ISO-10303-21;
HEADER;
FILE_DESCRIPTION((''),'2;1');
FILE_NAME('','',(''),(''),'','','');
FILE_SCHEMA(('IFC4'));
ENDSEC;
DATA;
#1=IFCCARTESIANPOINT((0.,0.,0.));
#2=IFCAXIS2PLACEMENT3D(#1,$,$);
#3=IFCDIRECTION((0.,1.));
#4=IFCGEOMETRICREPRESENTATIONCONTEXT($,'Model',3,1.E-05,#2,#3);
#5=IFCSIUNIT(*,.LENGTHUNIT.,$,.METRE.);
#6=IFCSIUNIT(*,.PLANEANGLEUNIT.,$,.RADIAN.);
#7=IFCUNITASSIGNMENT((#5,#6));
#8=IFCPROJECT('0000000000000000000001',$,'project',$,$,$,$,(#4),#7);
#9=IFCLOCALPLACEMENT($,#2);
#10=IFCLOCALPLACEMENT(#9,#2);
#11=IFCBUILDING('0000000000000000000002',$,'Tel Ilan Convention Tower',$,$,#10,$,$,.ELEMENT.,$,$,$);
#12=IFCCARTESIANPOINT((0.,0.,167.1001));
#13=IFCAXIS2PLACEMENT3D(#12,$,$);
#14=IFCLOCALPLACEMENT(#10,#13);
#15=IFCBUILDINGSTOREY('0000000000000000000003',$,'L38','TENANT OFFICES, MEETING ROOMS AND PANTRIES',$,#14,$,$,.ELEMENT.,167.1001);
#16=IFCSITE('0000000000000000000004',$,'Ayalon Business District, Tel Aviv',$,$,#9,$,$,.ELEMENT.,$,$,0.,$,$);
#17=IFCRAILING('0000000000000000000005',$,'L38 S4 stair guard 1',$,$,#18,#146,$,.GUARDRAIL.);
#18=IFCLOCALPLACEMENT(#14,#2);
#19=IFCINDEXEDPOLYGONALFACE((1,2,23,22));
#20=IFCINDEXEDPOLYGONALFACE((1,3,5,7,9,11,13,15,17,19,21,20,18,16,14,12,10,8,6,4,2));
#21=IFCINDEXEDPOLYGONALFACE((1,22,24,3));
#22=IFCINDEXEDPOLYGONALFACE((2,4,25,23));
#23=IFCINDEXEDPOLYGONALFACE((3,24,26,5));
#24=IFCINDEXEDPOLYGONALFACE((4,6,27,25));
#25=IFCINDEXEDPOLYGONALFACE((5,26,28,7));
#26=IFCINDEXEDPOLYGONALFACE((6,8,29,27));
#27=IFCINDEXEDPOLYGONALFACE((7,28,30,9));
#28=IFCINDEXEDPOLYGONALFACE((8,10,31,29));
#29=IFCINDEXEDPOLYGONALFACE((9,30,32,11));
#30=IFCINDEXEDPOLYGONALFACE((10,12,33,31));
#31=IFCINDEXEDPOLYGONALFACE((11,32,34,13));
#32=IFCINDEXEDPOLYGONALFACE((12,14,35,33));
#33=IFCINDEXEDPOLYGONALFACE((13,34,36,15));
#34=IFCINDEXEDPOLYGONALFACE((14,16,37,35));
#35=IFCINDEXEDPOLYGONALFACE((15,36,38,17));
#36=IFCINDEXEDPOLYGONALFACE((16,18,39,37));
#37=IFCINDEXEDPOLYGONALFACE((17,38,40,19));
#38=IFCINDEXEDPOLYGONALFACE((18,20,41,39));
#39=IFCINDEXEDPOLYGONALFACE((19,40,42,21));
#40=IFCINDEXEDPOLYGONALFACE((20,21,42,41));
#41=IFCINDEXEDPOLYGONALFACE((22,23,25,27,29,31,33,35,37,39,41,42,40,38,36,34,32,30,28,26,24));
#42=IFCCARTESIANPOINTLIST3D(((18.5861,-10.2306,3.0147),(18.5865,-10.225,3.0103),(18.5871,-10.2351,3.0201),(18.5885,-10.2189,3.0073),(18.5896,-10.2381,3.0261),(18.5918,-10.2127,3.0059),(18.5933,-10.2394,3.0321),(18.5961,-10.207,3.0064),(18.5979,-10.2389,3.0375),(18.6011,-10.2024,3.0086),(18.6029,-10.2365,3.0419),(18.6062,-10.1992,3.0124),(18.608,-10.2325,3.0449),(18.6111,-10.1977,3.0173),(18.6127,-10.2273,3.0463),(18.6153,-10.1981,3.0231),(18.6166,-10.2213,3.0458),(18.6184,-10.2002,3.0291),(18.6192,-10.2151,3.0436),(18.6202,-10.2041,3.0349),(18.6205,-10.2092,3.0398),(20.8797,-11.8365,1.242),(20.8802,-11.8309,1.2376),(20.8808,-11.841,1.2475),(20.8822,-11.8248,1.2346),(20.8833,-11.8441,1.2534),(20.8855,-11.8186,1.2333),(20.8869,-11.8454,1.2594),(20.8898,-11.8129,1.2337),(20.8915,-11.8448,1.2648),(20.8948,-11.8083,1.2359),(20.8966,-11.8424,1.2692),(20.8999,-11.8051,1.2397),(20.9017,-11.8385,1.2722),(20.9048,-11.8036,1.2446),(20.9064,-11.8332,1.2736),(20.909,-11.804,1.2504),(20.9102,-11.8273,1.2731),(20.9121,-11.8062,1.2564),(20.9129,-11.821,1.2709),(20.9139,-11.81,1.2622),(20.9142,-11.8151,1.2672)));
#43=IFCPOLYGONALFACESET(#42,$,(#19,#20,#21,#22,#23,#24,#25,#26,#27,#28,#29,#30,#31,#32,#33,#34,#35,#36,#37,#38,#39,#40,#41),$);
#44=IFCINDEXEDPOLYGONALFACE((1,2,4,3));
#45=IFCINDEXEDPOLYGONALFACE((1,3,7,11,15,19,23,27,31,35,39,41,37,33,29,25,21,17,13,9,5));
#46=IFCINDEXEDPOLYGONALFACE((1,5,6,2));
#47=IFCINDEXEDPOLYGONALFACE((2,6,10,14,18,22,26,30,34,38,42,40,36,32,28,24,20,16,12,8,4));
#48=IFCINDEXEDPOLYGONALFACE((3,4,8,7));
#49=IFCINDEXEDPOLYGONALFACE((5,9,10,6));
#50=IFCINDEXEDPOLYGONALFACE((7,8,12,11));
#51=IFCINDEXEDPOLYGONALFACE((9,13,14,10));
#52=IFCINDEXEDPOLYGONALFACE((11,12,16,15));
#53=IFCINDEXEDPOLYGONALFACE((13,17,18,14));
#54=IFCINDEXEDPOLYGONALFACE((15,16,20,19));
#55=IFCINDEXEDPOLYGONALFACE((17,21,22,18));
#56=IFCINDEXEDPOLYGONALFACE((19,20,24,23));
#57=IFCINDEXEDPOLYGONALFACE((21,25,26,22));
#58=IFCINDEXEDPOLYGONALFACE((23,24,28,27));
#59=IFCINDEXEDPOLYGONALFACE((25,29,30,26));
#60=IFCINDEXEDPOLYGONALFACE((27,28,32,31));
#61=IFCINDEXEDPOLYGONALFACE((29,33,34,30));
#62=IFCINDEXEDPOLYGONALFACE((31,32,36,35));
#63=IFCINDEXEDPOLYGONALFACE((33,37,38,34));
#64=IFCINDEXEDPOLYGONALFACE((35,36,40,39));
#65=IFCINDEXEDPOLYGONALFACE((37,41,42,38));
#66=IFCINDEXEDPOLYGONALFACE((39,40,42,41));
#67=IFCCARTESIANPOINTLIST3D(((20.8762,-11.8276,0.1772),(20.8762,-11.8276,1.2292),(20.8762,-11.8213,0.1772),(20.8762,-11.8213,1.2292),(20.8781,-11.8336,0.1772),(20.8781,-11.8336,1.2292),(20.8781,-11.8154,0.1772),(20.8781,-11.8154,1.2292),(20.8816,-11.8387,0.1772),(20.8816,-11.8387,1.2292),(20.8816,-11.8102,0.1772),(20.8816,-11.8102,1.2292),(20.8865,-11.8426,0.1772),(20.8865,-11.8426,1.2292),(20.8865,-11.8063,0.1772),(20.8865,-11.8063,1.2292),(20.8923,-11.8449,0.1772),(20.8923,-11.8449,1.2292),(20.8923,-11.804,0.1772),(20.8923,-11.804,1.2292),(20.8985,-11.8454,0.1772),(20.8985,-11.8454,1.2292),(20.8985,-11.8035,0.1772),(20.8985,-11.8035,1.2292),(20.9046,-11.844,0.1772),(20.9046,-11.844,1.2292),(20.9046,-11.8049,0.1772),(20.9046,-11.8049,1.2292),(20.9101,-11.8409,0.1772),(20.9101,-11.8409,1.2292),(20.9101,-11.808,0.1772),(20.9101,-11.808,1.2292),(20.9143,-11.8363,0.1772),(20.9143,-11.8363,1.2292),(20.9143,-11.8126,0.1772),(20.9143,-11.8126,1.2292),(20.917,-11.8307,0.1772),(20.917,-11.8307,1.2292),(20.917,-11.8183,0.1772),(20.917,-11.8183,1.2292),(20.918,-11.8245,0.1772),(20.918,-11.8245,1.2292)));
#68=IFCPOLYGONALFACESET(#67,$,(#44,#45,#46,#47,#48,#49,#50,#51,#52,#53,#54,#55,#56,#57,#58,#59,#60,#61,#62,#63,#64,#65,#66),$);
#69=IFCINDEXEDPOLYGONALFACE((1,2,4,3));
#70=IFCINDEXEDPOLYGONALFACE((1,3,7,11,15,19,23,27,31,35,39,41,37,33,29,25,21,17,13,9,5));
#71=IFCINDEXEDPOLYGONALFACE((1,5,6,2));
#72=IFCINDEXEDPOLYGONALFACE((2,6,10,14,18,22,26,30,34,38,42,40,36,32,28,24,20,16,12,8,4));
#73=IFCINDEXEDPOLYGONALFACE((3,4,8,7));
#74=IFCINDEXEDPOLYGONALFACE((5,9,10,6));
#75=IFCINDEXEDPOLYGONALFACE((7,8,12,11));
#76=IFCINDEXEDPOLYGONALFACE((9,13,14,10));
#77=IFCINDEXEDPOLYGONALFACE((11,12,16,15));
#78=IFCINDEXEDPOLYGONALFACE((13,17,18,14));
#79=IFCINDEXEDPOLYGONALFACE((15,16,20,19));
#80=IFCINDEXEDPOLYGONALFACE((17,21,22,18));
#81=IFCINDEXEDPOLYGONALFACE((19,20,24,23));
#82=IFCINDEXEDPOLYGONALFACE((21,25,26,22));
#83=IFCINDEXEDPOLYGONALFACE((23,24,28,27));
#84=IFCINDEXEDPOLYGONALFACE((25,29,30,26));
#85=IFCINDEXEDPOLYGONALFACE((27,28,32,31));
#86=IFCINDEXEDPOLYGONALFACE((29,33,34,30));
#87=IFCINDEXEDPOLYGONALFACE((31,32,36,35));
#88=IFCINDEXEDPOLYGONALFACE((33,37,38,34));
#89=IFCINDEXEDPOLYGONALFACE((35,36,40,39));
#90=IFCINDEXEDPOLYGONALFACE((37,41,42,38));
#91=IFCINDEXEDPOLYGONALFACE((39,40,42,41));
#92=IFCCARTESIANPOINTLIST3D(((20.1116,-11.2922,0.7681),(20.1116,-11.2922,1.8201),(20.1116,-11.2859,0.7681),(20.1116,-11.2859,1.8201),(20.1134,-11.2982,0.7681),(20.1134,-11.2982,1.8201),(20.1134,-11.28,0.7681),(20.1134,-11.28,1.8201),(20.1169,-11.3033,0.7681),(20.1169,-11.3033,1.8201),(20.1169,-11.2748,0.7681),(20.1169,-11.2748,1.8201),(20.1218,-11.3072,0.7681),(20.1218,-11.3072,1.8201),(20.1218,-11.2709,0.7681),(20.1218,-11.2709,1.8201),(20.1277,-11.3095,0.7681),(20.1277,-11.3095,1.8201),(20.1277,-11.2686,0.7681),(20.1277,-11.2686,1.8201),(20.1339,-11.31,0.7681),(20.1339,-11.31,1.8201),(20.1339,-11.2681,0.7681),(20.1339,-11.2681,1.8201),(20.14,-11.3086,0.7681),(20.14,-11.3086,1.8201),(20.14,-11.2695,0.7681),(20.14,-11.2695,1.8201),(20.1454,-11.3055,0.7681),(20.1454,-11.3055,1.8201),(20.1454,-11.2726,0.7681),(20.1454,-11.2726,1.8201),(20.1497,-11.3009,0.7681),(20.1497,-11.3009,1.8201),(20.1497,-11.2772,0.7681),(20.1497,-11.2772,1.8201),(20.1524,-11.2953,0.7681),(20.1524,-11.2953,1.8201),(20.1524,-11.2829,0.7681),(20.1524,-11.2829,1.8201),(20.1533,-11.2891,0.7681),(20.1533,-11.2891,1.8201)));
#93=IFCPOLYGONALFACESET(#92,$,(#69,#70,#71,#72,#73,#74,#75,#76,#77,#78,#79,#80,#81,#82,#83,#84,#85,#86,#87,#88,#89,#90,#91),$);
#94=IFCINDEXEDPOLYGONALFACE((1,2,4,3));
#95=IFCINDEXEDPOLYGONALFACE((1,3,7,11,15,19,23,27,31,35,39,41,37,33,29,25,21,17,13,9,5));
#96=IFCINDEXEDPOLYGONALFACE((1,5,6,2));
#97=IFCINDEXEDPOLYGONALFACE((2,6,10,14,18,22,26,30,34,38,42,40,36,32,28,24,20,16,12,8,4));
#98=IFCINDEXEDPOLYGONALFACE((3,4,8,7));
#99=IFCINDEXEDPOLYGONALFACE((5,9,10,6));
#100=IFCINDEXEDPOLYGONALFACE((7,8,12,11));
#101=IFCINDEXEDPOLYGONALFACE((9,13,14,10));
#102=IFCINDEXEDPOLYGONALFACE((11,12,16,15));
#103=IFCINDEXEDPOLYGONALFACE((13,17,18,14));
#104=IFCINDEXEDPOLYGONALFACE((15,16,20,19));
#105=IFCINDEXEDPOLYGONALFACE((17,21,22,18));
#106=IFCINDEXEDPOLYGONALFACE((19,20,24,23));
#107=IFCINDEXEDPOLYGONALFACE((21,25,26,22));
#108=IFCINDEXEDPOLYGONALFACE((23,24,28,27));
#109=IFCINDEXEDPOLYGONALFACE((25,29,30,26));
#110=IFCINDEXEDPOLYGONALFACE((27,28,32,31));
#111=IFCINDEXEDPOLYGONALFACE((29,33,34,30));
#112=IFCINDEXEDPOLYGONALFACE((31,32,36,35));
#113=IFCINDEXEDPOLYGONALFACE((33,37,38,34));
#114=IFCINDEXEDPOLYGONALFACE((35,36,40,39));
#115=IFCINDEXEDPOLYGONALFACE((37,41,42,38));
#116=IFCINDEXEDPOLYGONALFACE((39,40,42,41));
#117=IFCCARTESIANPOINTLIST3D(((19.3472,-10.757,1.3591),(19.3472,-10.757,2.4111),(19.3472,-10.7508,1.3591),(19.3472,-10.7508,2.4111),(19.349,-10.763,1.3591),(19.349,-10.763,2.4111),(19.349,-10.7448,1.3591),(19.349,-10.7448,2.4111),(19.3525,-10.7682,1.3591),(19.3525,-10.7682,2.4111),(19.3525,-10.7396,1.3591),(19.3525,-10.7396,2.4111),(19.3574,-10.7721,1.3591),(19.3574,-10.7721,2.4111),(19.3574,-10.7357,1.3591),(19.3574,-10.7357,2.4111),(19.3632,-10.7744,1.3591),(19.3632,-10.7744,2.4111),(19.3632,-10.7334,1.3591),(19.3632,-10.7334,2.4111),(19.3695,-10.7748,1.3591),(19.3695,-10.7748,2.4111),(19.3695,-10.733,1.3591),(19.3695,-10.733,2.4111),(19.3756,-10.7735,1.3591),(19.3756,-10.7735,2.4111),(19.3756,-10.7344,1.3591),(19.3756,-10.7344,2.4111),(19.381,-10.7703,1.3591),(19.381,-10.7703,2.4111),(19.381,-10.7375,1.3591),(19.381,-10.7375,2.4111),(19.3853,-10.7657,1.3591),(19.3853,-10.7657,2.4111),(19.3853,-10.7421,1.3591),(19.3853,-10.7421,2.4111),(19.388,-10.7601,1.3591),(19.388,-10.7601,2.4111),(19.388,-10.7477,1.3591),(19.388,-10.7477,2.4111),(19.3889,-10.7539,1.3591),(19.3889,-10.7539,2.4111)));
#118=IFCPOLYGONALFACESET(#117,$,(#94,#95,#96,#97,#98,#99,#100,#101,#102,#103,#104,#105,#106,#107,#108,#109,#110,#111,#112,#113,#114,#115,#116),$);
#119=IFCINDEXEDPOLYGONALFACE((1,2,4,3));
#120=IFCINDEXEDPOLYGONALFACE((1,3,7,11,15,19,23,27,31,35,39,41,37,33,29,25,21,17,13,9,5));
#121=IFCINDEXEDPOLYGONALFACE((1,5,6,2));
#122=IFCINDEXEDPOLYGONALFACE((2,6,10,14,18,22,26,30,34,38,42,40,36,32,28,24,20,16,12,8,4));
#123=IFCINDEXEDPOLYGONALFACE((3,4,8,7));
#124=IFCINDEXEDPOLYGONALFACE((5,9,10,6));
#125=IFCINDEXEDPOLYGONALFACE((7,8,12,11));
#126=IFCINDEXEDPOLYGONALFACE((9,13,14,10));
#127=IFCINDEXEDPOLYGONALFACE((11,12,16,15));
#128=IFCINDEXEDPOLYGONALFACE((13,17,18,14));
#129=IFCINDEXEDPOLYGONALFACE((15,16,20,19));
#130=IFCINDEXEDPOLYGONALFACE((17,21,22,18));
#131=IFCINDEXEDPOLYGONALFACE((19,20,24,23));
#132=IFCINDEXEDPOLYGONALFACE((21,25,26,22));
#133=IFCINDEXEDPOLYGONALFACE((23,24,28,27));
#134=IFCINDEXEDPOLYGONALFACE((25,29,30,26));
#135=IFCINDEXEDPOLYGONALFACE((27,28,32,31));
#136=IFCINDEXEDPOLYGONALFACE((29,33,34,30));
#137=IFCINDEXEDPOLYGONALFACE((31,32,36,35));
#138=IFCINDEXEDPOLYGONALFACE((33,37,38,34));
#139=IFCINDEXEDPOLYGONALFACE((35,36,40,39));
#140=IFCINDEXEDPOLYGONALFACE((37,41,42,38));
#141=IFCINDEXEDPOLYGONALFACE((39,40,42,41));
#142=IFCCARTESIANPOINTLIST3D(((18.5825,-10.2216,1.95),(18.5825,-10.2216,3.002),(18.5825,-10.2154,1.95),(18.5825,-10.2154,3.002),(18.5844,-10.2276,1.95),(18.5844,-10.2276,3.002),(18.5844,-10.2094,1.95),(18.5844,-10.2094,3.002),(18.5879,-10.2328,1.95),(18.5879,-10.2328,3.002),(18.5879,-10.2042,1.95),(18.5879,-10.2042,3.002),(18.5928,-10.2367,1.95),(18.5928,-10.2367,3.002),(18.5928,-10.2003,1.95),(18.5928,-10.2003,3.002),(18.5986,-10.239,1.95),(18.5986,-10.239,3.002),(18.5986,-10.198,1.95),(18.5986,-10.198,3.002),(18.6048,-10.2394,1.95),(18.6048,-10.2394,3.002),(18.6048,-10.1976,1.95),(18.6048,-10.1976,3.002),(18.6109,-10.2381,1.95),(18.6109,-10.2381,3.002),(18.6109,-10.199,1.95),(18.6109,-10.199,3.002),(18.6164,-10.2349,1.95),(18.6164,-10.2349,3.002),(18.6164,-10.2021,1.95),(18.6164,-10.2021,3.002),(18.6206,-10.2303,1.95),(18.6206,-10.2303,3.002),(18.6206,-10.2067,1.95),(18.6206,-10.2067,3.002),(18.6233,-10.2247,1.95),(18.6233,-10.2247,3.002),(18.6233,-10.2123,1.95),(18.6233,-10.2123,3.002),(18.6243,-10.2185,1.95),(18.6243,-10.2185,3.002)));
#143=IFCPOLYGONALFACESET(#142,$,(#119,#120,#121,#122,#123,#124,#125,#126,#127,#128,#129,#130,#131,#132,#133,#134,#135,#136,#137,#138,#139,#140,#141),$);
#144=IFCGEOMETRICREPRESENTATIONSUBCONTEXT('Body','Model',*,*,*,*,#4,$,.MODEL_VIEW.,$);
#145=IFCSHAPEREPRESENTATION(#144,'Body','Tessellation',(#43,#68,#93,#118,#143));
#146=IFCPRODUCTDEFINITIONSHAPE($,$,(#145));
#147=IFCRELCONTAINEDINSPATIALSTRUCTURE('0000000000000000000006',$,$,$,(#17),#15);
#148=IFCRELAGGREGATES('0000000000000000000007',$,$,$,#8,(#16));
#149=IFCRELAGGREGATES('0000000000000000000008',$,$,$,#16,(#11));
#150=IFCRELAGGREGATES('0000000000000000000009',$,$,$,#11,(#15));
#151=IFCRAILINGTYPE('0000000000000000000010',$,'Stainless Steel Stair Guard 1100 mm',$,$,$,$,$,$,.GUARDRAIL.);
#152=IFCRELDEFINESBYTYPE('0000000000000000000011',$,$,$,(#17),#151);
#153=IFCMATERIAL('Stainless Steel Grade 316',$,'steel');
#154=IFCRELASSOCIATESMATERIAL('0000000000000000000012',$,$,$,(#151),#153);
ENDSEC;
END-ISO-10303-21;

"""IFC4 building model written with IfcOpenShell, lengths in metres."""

from ifc_helpers import new_model, si_unit, direction, frame, origin, origin_2d, place, context, subcontext, project, spatial, circle, extrude, material, type_object, element, save


model = new_model("IFC4")

# Units and contexts
model_context = context("Model", 3, precision=1e-05, world=origin(), true_north=direction((0.0, 1.0)))
body_context = subcontext(model_context, "Body", "Model", "MODEL_VIEW")
ifc_project = project(units=[si_unit("LENGTHUNIT", "METRE"), si_unit("PLANEANGLEUNIT", "RADIAN")], contexts=[model_context])

# Site, building, storey
site_placement = place(None, origin())
site = spatial("IfcSite", under=ifc_project, at=site_placement, Name="Ayalon Business District, Tel Aviv", CompositionType="ELEMENT", RefElevation=0.0)
building_placement = place(site_placement, origin())
building = spatial("IfcBuilding", under=site, at=building_placement, Name="Tel Ilan Convention Tower", CompositionType="ELEMENT")
storey_placement = place(building_placement, frame((0.0, 0.0, 167.1001)))
storey = spatial("IfcBuildingStorey", under=building, at=storey_placement, Name="L38", Description="TENANT OFFICES, MEETING ROOMS AND PANTRIES", CompositionType="ELEMENT", Elevation=167.1001)

# Railing
ifc_material_1 = material(Name="Stainless Steel Grade 316", Category="steel")
railing_type_1 = type_object("IfcRailingType", Name="Stainless Steel Stair Guard 1100 mm", PredefinedType="GUARDRAIL", material=ifc_material_1)
railing_1_placement = place(storey_placement, frame((20.897, -11.8245, 0.1772)))
element("IfcRailing", 1, at=railing_1_placement, inside=storey, type_object=railing_type_1, Name="L38 S4 stair guard 1", PredefinedType="GUARDRAIL", context=body_context, shape_type="SweptSolid", body=[
    extrude(circle(Radius=0.0239, at=origin_2d()), frame((0.0, 0.0, 1.0762), z_axis=(-0.692123, 0.484597, 0.534913), x_axis=(-0.57355, -0.81917, 0.0)), (0.0, 0.0, 1.0), 3.314),
    extrude(circle(Radius=0.021, at=origin_2d()), origin(), (0.0, 0.0, 1.0), 1.052),
    extrude(circle(Radius=0.021, at=origin_2d()), frame((-0.7646, 0.5354, 0.5908)), (0.0, 0.0, 1.0), 1.052),
    extrude(circle(Radius=0.021, at=origin_2d()), frame((-1.5291, 1.0706, 1.1819)), (0.0, 0.0, 1.0), 1.052),
    extrude(circle(Radius=0.021, at=origin_2d()), frame((-2.2937, 1.606, 1.7727)), (0.0, 0.0, 1.0), 1.052),
])

save(model, "model.ifc")
